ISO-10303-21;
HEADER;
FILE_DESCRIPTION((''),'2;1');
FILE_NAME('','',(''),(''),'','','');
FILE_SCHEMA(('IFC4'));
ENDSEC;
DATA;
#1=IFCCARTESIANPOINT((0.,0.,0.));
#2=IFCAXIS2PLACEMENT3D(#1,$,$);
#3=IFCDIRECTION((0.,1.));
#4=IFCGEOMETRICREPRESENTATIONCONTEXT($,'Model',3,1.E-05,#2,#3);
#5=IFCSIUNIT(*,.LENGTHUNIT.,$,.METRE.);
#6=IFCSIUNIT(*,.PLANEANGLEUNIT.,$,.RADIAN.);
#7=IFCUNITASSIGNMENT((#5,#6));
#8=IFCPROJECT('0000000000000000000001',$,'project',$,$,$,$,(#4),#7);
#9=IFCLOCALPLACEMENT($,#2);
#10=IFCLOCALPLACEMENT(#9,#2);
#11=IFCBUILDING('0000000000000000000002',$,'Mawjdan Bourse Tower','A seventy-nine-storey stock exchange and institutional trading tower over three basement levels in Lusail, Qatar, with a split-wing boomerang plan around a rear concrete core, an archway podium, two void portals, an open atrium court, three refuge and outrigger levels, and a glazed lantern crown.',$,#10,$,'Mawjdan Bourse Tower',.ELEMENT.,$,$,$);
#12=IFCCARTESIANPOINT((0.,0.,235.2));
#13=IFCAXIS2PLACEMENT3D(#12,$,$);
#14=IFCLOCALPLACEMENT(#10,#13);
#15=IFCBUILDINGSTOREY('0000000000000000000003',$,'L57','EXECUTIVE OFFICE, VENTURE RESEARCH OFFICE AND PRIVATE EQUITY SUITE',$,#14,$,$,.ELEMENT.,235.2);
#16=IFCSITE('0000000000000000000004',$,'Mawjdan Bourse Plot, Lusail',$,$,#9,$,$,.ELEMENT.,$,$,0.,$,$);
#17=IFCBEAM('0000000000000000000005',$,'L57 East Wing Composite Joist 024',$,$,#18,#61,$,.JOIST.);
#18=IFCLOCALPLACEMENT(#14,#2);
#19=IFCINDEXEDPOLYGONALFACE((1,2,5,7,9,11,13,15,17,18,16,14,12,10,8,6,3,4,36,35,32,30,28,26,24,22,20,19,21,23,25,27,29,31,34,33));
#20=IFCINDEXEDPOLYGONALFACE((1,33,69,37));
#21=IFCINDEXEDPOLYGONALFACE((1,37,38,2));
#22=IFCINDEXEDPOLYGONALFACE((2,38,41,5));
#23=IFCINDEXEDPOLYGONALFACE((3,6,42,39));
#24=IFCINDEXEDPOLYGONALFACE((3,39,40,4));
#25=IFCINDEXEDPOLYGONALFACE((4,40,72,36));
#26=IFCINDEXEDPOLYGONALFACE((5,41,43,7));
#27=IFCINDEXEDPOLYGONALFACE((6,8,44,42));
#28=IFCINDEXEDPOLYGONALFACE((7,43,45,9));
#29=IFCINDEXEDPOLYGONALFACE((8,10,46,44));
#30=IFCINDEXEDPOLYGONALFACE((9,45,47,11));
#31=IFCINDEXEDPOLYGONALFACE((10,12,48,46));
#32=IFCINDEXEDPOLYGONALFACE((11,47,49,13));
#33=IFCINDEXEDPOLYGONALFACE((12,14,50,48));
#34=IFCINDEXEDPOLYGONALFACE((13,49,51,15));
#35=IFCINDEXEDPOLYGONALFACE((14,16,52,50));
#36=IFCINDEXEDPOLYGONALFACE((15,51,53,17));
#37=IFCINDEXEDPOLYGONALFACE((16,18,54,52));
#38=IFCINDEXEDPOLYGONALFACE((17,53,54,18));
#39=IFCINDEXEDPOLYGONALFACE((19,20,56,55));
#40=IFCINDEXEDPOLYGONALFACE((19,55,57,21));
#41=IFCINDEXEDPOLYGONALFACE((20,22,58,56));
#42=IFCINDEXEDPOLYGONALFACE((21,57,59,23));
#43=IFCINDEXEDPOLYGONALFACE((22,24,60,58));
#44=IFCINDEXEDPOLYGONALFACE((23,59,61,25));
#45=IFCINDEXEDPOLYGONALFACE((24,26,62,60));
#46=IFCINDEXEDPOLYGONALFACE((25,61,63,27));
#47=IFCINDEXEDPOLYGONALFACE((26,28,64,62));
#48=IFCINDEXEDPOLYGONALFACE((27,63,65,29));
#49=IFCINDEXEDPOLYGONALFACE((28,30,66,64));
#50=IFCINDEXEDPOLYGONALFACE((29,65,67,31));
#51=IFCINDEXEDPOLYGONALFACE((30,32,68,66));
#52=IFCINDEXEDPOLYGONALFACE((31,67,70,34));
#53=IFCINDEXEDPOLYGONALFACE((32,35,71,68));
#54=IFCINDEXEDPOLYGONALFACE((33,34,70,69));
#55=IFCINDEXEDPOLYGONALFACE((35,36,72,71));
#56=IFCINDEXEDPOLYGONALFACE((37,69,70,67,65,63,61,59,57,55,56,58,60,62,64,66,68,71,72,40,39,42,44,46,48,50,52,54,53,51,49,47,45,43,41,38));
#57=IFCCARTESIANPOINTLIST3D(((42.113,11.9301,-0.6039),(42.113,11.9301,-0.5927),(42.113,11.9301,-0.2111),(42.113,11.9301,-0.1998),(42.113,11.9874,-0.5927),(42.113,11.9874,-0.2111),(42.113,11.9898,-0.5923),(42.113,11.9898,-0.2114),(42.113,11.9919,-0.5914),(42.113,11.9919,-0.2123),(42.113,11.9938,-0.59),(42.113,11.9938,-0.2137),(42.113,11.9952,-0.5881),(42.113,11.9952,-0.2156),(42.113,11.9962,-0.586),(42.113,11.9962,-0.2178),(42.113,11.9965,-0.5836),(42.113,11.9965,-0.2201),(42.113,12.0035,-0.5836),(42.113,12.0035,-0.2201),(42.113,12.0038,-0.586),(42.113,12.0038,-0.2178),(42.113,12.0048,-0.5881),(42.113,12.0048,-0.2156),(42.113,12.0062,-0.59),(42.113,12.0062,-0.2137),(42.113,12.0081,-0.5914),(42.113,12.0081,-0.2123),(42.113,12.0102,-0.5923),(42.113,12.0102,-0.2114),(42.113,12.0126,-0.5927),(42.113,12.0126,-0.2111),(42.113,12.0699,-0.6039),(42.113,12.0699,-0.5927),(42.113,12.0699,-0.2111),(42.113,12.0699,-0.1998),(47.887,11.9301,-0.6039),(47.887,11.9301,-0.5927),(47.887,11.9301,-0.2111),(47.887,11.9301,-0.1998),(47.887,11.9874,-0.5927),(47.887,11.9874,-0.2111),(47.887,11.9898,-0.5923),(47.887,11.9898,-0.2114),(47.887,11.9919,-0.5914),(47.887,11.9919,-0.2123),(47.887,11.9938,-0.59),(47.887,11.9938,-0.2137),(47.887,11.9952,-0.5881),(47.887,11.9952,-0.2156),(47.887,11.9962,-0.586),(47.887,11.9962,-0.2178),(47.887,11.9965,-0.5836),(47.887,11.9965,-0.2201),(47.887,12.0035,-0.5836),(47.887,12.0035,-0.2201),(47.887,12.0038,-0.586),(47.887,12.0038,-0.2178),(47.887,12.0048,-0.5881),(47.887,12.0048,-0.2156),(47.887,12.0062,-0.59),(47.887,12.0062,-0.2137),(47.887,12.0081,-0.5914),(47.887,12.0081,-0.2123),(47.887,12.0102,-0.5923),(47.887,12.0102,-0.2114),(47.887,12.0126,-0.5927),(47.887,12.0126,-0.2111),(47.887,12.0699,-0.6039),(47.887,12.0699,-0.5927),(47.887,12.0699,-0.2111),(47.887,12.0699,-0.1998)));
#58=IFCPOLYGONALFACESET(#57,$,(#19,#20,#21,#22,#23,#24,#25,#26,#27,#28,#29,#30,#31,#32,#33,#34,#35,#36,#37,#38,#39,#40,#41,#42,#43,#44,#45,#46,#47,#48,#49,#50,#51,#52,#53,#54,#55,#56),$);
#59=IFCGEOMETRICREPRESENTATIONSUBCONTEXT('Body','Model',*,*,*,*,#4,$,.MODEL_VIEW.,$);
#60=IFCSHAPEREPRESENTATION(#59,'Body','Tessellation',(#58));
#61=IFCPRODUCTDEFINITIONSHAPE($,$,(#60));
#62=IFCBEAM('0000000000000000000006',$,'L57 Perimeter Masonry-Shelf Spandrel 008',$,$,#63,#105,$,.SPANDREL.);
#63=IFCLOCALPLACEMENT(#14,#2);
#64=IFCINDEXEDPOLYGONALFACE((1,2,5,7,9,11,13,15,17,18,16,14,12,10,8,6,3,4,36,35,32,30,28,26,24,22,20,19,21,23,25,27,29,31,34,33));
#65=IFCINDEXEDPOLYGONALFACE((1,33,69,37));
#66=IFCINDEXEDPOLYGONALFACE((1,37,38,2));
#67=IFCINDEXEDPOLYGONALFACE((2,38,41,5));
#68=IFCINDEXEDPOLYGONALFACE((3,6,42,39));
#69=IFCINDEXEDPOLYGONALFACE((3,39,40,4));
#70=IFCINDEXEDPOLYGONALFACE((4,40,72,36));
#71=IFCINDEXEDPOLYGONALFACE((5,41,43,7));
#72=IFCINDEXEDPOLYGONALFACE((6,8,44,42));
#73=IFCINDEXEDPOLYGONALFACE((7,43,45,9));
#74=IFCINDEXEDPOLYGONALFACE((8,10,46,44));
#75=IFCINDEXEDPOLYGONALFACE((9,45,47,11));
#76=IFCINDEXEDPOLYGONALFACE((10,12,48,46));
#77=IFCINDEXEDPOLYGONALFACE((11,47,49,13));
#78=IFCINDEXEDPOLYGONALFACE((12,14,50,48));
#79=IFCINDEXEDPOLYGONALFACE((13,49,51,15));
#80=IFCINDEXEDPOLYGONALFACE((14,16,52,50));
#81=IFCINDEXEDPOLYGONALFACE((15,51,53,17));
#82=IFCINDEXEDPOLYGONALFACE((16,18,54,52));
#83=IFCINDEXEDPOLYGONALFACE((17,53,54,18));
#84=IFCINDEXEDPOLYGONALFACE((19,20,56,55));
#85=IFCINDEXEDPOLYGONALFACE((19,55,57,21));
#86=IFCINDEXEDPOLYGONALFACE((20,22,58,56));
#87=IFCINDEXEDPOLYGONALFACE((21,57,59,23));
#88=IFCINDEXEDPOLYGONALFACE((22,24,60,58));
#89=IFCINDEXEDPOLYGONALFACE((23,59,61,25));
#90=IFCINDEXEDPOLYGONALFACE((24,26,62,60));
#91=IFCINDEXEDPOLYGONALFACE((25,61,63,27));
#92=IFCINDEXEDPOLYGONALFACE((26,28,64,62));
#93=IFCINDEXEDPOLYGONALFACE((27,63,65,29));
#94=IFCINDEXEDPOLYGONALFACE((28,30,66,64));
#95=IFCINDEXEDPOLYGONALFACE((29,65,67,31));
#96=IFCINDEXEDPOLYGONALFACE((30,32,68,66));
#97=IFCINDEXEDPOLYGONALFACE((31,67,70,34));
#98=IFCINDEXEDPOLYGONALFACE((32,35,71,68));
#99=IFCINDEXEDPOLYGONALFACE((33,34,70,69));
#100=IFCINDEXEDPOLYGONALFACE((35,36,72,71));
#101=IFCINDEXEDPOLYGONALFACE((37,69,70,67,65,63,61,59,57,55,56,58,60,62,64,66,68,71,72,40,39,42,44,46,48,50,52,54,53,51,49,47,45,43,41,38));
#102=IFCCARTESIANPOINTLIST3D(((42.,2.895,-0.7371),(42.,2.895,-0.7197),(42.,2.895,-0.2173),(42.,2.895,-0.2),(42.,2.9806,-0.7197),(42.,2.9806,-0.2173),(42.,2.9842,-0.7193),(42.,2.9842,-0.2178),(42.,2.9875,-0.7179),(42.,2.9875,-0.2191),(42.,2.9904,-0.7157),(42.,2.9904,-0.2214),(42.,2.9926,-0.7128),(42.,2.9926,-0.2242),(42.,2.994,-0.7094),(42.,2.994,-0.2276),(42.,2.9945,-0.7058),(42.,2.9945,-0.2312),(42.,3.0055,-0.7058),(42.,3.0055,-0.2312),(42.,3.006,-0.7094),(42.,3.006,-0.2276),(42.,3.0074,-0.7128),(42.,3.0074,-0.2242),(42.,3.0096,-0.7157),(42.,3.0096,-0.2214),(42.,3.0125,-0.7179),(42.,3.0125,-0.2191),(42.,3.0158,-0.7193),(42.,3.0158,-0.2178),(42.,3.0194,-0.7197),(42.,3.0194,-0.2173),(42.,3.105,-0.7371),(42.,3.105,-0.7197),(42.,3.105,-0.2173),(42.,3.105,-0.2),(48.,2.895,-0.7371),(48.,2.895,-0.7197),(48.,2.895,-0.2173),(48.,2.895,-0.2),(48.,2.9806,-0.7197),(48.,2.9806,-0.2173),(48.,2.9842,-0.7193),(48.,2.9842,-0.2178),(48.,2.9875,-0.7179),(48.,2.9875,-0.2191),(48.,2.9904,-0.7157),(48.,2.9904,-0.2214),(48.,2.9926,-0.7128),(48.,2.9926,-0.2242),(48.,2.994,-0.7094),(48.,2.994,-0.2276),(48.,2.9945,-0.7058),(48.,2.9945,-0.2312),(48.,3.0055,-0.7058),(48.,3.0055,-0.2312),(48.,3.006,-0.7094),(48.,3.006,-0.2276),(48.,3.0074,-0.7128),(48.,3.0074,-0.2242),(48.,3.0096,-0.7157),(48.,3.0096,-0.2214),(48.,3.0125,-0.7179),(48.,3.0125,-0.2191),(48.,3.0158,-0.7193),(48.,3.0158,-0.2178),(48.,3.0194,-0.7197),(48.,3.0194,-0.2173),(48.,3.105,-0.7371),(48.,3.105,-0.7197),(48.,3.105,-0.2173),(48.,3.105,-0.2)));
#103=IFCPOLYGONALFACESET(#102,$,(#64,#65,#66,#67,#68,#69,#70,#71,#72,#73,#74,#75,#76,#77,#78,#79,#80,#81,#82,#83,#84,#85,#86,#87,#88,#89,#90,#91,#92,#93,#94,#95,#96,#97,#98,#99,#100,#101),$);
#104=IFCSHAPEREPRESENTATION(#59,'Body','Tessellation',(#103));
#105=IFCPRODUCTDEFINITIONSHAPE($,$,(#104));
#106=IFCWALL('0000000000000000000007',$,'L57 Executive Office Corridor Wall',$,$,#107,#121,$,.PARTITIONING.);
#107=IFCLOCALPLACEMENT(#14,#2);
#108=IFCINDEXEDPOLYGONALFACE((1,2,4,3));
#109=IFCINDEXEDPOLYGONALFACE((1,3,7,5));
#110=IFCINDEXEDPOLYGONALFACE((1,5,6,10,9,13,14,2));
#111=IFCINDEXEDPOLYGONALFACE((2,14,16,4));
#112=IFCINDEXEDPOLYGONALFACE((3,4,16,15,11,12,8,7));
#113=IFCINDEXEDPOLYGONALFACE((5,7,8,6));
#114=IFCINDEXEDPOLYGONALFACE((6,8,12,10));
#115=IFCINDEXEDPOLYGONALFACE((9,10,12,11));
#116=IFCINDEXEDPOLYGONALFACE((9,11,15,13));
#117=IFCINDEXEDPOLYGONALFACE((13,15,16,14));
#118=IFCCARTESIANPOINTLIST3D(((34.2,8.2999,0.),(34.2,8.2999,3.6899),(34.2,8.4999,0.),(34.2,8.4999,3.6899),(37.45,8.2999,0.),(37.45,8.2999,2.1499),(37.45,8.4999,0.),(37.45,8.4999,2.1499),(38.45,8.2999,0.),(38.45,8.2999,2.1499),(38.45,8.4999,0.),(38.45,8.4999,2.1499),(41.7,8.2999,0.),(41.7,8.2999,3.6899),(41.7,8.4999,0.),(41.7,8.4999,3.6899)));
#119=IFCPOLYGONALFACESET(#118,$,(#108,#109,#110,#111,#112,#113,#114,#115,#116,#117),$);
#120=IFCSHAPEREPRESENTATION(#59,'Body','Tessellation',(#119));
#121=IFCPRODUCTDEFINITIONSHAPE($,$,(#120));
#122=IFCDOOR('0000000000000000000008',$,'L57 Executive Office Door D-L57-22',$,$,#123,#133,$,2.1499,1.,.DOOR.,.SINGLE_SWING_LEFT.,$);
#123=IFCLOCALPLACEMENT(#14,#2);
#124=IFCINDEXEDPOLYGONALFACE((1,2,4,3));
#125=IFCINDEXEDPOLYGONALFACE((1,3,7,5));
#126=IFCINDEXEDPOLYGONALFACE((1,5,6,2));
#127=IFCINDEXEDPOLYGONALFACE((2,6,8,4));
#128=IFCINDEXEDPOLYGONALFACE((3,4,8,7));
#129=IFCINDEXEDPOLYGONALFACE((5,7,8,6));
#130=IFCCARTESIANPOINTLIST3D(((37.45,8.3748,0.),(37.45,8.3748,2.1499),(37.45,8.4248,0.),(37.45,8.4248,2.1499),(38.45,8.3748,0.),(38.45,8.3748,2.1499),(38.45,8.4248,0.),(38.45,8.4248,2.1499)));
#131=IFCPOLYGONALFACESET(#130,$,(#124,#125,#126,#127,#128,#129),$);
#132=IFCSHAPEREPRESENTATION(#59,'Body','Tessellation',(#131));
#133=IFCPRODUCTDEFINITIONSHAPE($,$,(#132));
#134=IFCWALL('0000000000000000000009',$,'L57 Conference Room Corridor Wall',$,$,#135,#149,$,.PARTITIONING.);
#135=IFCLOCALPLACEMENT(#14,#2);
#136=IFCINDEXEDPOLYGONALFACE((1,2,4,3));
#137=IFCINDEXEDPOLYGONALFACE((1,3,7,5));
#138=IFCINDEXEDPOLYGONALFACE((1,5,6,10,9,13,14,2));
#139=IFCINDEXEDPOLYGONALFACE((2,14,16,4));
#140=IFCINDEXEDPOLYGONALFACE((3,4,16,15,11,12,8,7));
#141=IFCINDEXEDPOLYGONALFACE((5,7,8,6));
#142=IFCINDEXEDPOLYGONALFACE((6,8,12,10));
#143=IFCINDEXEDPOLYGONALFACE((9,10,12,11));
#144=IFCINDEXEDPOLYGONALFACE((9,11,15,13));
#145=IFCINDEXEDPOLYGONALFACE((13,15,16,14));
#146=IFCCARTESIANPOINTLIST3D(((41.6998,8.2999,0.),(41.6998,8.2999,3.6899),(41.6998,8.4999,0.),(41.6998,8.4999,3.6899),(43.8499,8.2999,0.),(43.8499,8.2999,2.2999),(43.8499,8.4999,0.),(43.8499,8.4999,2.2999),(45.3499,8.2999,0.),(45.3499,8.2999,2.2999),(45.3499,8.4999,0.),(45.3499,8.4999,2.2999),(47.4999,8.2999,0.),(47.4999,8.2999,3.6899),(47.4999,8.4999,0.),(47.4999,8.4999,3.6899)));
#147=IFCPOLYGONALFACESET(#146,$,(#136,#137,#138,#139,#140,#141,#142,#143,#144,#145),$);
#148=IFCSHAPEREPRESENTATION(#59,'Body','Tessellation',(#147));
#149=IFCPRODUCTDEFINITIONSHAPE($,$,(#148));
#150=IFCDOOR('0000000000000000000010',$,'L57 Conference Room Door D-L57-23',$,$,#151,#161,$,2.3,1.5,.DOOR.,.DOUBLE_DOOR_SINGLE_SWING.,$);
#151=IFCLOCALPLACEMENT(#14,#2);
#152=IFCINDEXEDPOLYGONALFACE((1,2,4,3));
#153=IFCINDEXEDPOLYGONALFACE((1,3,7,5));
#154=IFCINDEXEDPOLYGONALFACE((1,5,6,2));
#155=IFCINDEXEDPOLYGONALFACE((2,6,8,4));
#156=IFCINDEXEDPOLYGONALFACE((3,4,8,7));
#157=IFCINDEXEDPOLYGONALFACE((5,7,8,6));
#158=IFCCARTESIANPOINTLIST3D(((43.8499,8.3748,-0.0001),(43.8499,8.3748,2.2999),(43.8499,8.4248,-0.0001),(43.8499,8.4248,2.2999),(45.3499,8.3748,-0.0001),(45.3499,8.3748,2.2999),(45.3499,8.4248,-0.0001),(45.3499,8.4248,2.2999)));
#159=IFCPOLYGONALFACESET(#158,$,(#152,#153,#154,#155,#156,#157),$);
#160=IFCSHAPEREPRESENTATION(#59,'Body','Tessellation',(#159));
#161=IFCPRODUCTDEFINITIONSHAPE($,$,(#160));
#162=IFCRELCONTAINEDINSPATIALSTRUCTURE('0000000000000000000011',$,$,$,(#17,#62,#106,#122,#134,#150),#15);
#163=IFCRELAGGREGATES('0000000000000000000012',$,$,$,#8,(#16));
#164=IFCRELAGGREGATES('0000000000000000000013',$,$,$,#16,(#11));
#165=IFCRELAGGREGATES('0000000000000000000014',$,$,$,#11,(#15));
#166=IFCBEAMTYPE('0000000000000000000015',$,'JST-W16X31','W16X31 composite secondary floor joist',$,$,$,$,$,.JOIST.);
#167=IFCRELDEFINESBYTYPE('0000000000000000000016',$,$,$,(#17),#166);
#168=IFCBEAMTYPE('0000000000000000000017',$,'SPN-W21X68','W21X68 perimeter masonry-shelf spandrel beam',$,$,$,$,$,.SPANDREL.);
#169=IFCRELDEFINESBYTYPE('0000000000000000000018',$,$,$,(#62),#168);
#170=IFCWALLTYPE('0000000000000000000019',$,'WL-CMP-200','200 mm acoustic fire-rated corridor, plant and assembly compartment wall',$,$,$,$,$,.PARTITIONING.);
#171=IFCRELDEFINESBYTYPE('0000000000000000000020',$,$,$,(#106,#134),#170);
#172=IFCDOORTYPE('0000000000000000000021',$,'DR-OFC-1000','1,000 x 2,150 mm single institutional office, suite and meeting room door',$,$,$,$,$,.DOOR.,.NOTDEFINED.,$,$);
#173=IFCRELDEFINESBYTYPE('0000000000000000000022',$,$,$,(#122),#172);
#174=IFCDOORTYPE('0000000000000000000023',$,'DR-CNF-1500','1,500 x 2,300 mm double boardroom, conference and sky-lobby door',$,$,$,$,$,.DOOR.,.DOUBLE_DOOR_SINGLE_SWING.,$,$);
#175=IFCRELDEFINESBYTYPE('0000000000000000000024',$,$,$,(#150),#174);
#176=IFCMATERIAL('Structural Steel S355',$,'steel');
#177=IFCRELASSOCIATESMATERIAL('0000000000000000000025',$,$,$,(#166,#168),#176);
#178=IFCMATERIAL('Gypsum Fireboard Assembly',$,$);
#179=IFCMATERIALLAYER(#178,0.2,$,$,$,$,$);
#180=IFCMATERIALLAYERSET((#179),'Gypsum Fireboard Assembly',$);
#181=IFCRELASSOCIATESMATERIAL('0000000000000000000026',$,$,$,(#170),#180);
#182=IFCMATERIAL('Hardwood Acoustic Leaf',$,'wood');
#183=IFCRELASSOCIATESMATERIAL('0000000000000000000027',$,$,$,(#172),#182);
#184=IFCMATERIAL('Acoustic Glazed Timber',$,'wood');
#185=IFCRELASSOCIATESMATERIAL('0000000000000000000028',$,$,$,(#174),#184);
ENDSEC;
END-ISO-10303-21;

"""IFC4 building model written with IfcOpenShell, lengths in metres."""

from ifc_helpers import new_model, si_unit, direction, frame, frame_2d, origin, origin_2d, place, context, subcontext, project, spatial, rectangle, i_section, extrude, material, layer, layer_set, material_profile, profile_set, type_object, element, fill, save


model = new_model("IFC4")

# Units and contexts
model_context = context("Model", 3, precision=1e-05, world=origin(), true_north=direction((0.0, 1.0)))
body_context = subcontext(model_context, "Body", "Model", "MODEL_VIEW")
ifc_project = project(units=[si_unit("LENGTHUNIT", "METRE"), si_unit("PLANEANGLEUNIT", "RADIAN")], contexts=[model_context])

# Site, building, storey
site_placement = place(None, origin())
site = spatial("IfcSite", under=ifc_project, at=site_placement, Name="Mawjdan Bourse Plot, Lusail", CompositionType="ELEMENT", RefElevation=0.0)
building_placement = place(site_placement, origin())
building = spatial("IfcBuilding", under=site, at=building_placement, Name="Mawjdan Bourse Tower", Description="A seventy-nine-storey stock exchange and institutional trading tower over three basement levels in Lusail, Qatar, with a split-wing boomerang plan around a rear concrete core, an archway podium, two void portals, an open atrium court, three refuge and outrigger levels, and a glazed lantern crown.", LongName="Mawjdan Bourse Tower", CompositionType="ELEMENT")
storey_placement = place(building_placement, frame((0.0, 0.0, 235.2)))
storey = spatial("IfcBuildingStorey", under=building, at=storey_placement, Name="L57", Description="EXECUTIVE OFFICE, VENTURE RESEARCH OFFICE AND PRIVATE EQUITY SUITE", CompositionType="ELEMENT", Elevation=235.2)

# Beams
ifc_material_1 = material(Name="Structural Steel S355", Category="steel")
ifc_material_profile_1 = material_profile(ifc_material_1, i_section(OverallWidth=0.1399, OverallDepth=0.4041, WebThickness=0.0071, FlangeThickness=0.0112, FilletRadius=0.009, at=origin_2d()), Name="W16X31")
ifc_profile_set_1 = profile_set([ifc_material_profile_1], Name="Structural Steel S355")
beam_type_1 = type_object("IfcBeamType", Name="JST-W16X31", Description="W16X31 composite secondary floor joist", PredefinedType="JOIST", material=ifc_profile_set_1)
for number, where, z_axis, x_axis, name in (
    (1, (42.113, 12.0, -0.4019), (1.0, 0.0, 0.0), (0.0, 1.0, 0.0), "L57 East Wing Composite Joist 024"),
):
    element("IfcBeam", number, at=place(storey_placement, frame(where, z_axis=z_axis, x_axis=x_axis)), inside=storey, type_object=beam_type_1, Name=name, PredefinedType="JOIST", context=body_context, shape_type="SweptSolid", body=[
        extrude(i_section(OverallWidth=0.1399, OverallDepth=0.4041, WebThickness=0.0071, FlangeThickness=0.0112, FilletRadius=0.009, at=origin_2d()), origin(), (0.0, 0.0, 1.0), 5.7739),
    ])
ifc_material_profile_2 = material_profile(ifc_material_1, i_section(OverallWidth=0.21, OverallDepth=0.5371, WebThickness=0.011, FlangeThickness=0.0173, FilletRadius=0.0139, at=origin_2d()), Name="W21X68")
ifc_profile_set_2 = profile_set([ifc_material_profile_2], Name="Structural Steel S355")
beam_type_2 = type_object("IfcBeamType", Name="SPN-W21X68", Description="W21X68 perimeter masonry-shelf spandrel beam", PredefinedType="SPANDREL", material=ifc_profile_set_2)
beam_1_placement = place(storey_placement, frame((42.0, 3.0, -0.4685), z_axis=(1.0, 0.0, 0.0), x_axis=(0.0, 1.0, 0.0)))
element("IfcBeam", 2, at=beam_1_placement, inside=storey, type_object=beam_type_2, Name="L57 Perimeter Masonry-Shelf Spandrel 008", PredefinedType="SPANDREL", context=body_context, shape_type="SweptSolid", body=[
    extrude(i_section(OverallWidth=0.21, OverallDepth=0.5371, WebThickness=0.011, FlangeThickness=0.0173, FilletRadius=0.0139, at=origin_2d()), origin(), (0.0, 0.0, 1.0), 6.0),
])

# Walls, openings, doors
ifc_material_2 = material(Name="Gypsum Fireboard Assembly")
ifc_layer_1 = layer(ifc_material_2, 0.2)
ifc_layer_set_1 = layer_set([ifc_layer_1], Name="Gypsum Fireboard Assembly")
wall_type_1 = type_object("IfcWallType", Name="WL-CMP-200", Description="200 mm acoustic fire-rated corridor, plant and assembly compartment wall", PredefinedType="PARTITIONING", material=ifc_layer_set_1)
wall_1_placement = place(storey_placement, frame((34.2, 8.3999, 0.0), z_axis=(0.0, 0.0, 1.0), x_axis=(1.0, 0.0, 0.0)))
wall_1 = element("IfcWall", 3, at=wall_1_placement, inside=storey, type_object=wall_type_1, Name="L57 Executive Office Corridor Wall", PredefinedType="PARTITIONING", context=body_context, shape_type="SweptSolid", body=[
    extrude(rectangle(XDim=7.5, YDim=0.2, at=frame_2d((3.75, 0.0))), origin(), (0.0, 0.0, 1.0), 3.6899),
])
opening_1_placement = place(wall_1_placement, frame((3.25, 0.0, 0.0)))
opening_1 = element("IfcOpeningElement", 4, at=opening_1_placement, cuts=wall_1, PredefinedType="OPENING", context=body_context, shape_type="SweptSolid", body=[
    extrude(rectangle(XDim=1.0, YDim=2.1499, at=frame_2d((0.5, 1.075))), frame((0.0, 0.1099, 0.0), z_axis=(0.0, -1.0, 0.0), x_axis=(1.0, 0.0, 0.0)), (0.0, 0.0, 1.0), 0.22),
])
ifc_material_3 = material(Name="Hardwood Acoustic Leaf", Category="wood")
door_type_1 = type_object("IfcDoorType", Name="DR-OFC-1000", Description="1,000 x 2,150 mm single institutional office, suite and meeting room door", OperationType="NOTDEFINED", PredefinedType="DOOR", material=ifc_material_3)
door_1_placement = place(opening_1_placement, origin())
door_1 = element("IfcDoor", 5, at=door_1_placement, inside=storey, type_object=door_type_1, Name="L57 Executive Office Door D-L57-22", OperationType="SINGLE_SWING_LEFT", OverallHeight=2.1499, OverallWidth=1.0, PredefinedType="DOOR", context=body_context, shape_type="SweptSolid", body=[
    extrude(rectangle(XDim=1.0, YDim=2.1499, at=frame_2d((0.5, 1.075))), frame((0.0, 0.0249, 0.0), z_axis=(0.0, -1.0, 0.0), x_axis=(1.0, 0.0, 0.0)), (0.0, 0.0, 1.0), 0.05),
])
fill(opening_1, door_1)
wall_2_placement = place(storey_placement, frame((41.7, 8.3999, 0.0), z_axis=(0.0, 0.0, 1.0), x_axis=(1.0, 0.0, 0.0)))
wall_2 = element("IfcWall", 6, at=wall_2_placement, inside=storey, type_object=wall_type_1, Name="L57 Conference Room Corridor Wall", PredefinedType="PARTITIONING", context=body_context, shape_type="SweptSolid", body=[
    extrude(rectangle(XDim=5.8, YDim=0.2, at=frame_2d((2.8999, 0.0))), origin(), (0.0, 0.0, 1.0), 3.6899),
])
opening_2_placement = place(wall_2_placement, frame((2.1499, 0.0, 0.0)))
opening_2 = element("IfcOpeningElement", 7, at=opening_2_placement, cuts=wall_2, PredefinedType="OPENING", context=body_context, shape_type="SweptSolid", body=[
    extrude(rectangle(XDim=1.5, YDim=2.3, at=frame_2d((0.75, 1.1499))), frame((0.0, 0.1099, 0.0), z_axis=(0.0, -1.0, 0.0), x_axis=(1.0, 0.0, 0.0)), (0.0, 0.0, 1.0), 0.22),
])
ifc_material_4 = material(Name="Acoustic Glazed Timber", Category="wood")
door_type_2 = type_object("IfcDoorType", Name="DR-CNF-1500", Description="1,500 x 2,300 mm double boardroom, conference and sky-lobby door", OperationType="DOUBLE_DOOR_SINGLE_SWING", PredefinedType="DOOR", material=ifc_material_4)
door_2_placement = place(opening_2_placement, origin())
door_2 = element("IfcDoor", 8, at=door_2_placement, inside=storey, type_object=door_type_2, Name="L57 Conference Room Door D-L57-23", OperationType="DOUBLE_DOOR_SINGLE_SWING", OverallHeight=2.3, OverallWidth=1.5, PredefinedType="DOOR", context=body_context, shape_type="SweptSolid", body=[
    extrude(rectangle(XDim=1.5, YDim=2.3, at=frame_2d((0.75, 1.1499))), frame((0.0, 0.0249, 0.0), z_axis=(0.0, -1.0, 0.0), x_axis=(1.0, 0.0, 0.0)), (0.0, 0.0, 1.0), 0.05),
])
fill(opening_2, door_2)

save(model, "model.ifc")
